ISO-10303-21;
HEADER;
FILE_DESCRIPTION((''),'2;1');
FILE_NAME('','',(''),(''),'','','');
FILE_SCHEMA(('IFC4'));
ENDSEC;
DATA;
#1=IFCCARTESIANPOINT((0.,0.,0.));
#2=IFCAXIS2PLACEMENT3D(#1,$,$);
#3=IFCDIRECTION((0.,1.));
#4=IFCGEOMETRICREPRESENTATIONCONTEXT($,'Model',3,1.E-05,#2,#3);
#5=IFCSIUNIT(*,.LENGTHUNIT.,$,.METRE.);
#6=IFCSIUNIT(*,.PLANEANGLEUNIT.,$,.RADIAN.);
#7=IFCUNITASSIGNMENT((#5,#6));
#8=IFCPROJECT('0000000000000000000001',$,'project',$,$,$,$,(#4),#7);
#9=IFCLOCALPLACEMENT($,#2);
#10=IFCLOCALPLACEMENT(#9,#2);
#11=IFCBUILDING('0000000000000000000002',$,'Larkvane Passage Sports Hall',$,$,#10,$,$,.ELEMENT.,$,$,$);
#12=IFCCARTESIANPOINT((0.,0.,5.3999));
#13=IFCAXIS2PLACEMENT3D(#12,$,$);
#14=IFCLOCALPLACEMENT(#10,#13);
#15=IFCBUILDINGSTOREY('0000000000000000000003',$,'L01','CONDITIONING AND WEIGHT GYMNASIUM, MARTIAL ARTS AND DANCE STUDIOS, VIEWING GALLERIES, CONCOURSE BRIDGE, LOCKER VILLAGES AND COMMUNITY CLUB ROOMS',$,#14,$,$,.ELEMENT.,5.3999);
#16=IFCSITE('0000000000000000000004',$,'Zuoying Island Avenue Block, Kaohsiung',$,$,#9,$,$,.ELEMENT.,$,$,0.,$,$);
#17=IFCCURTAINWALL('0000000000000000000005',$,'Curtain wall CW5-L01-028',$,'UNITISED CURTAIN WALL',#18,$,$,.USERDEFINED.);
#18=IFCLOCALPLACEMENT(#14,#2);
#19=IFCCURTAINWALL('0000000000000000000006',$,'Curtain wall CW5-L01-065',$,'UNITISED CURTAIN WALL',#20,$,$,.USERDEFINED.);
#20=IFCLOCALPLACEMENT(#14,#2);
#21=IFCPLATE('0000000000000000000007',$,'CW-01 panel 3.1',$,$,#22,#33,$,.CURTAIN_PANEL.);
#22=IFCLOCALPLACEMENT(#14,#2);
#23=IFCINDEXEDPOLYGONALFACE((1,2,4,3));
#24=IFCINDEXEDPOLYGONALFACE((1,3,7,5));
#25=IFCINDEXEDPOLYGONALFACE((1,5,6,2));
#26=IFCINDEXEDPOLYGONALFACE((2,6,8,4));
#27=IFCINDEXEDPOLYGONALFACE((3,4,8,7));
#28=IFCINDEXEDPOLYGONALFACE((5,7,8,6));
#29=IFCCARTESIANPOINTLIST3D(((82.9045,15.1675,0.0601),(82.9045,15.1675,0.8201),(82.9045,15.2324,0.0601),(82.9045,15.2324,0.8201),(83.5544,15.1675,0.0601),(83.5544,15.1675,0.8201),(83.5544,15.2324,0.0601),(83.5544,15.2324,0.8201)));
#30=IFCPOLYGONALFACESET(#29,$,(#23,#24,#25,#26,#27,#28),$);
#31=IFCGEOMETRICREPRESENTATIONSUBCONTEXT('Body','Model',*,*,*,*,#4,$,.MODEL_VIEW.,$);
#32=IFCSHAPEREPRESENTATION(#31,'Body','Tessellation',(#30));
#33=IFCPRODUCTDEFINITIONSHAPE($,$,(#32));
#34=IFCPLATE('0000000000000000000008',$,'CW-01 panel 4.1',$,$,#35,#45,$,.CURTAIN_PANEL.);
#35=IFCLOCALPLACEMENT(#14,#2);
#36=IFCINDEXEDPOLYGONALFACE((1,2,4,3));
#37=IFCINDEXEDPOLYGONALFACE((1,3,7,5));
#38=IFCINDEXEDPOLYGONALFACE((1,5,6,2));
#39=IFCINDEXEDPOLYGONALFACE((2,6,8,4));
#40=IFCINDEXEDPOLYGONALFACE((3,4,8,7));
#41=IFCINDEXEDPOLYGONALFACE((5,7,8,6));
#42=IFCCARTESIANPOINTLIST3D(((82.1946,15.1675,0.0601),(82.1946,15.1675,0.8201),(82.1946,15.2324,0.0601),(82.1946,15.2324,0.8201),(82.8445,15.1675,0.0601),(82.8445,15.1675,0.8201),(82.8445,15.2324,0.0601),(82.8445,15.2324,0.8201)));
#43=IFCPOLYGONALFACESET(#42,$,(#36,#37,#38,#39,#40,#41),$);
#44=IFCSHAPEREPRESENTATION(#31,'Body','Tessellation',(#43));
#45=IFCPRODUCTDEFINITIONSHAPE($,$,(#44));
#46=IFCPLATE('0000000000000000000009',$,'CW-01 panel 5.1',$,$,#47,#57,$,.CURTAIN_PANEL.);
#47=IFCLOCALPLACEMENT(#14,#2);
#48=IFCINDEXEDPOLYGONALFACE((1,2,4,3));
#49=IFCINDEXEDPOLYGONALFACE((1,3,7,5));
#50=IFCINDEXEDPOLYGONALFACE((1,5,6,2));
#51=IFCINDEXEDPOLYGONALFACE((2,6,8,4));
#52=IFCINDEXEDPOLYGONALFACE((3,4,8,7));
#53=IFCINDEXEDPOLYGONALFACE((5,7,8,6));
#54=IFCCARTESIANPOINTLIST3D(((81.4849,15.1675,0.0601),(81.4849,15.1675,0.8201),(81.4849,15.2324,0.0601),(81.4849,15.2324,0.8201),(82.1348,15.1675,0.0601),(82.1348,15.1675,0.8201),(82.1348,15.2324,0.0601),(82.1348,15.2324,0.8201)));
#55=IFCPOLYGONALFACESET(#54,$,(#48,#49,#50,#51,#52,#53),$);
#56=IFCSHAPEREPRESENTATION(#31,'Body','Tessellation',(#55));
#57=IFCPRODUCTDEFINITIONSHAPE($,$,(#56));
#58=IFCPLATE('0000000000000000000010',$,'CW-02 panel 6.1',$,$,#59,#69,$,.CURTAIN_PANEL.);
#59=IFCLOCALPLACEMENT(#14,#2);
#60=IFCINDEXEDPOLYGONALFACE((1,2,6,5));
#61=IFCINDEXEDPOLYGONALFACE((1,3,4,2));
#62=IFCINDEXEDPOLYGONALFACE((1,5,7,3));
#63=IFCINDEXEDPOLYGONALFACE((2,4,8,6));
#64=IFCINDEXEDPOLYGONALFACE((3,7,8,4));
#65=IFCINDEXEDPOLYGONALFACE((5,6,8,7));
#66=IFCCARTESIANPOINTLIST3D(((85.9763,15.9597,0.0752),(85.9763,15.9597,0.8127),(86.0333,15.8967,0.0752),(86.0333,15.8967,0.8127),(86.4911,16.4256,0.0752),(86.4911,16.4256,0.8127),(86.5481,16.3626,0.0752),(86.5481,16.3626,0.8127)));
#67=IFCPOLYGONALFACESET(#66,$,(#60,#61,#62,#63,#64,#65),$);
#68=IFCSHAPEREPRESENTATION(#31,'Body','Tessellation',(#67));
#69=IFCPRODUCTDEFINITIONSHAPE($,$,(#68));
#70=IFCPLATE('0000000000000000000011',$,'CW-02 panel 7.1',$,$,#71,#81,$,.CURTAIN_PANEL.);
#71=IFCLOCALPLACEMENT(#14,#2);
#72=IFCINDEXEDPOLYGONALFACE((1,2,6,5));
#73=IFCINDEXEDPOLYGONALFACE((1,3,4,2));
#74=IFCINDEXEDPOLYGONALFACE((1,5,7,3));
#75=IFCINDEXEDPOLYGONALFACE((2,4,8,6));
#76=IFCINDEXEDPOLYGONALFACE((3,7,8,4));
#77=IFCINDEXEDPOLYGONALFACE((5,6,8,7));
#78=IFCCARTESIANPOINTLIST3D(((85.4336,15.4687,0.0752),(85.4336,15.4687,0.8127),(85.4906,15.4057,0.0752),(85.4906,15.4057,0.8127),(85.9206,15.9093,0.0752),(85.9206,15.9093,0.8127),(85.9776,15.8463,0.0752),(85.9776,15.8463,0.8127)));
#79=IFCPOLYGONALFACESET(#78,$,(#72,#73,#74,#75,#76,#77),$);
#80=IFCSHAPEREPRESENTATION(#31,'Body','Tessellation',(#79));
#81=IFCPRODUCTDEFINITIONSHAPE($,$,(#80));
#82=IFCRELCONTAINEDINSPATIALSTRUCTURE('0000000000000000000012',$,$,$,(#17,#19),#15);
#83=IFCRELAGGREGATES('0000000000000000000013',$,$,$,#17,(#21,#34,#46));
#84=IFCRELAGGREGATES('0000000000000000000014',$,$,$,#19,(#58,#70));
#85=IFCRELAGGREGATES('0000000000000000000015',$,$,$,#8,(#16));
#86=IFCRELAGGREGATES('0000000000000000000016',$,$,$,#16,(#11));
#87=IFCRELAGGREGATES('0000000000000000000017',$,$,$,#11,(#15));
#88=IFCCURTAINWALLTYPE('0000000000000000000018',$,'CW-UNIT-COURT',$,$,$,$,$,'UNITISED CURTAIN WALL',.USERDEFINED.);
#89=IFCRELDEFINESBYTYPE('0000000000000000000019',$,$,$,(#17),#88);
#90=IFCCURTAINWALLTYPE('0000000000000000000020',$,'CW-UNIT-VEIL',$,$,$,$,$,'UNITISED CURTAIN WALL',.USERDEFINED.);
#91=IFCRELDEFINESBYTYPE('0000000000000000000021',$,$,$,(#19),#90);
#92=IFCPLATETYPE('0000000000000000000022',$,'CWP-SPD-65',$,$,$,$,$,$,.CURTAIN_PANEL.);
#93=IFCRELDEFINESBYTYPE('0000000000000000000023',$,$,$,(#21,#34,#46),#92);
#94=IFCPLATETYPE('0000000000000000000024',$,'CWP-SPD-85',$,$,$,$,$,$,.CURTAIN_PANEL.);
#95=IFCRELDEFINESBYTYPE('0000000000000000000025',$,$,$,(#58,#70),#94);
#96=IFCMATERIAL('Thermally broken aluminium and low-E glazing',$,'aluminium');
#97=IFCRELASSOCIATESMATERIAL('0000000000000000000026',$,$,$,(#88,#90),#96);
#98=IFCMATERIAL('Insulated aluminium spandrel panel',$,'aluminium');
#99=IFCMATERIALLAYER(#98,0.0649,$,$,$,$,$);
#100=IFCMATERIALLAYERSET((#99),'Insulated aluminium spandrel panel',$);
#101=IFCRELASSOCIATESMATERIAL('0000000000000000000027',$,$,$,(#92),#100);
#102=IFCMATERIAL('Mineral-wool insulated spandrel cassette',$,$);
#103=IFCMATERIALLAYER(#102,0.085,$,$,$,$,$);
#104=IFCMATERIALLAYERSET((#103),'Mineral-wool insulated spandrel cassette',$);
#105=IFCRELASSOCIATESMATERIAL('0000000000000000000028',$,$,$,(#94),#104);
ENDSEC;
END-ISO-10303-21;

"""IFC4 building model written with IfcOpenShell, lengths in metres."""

from ifc_helpers import new_model, si_unit, direction, frame, origin, origin_2d, place, context, subcontext, project, spatial, rectangle, extrude, material, layer, layer_set, type_object, element, aggregate, save


model = new_model("IFC4")

# Units and contexts
model_context = context("Model", 3, precision=1e-05, world=origin(), true_north=direction((0.0, 1.0)))
body_context = subcontext(model_context, "Body", "Model", "MODEL_VIEW")
ifc_project = project(units=[si_unit("LENGTHUNIT", "METRE"), si_unit("PLANEANGLEUNIT", "RADIAN")], contexts=[model_context])

# Site, building, storey
site_placement = place(None, origin())
site = spatial("IfcSite", under=ifc_project, at=site_placement, Name="Zuoying Island Avenue Block, Kaohsiung", CompositionType="ELEMENT", RefElevation=0.0)
building_placement = place(site_placement, origin())
building = spatial("IfcBuilding", under=site, at=building_placement, Name="Larkvane Passage Sports Hall", CompositionType="ELEMENT")
storey_placement = place(building_placement, frame((0.0, 0.0, 5.3999)))
storey = spatial("IfcBuildingStorey", under=building, at=storey_placement, Name="L01", Description="CONDITIONING AND WEIGHT GYMNASIUM, MARTIAL ARTS AND DANCE STUDIOS, VIEWING GALLERIES, CONCOURSE BRIDGE, LOCKER VILLAGES AND COMMUNITY CLUB ROOMS", CompositionType="ELEMENT", Elevation=5.3999)

# Curtain walls
ifc_material_1 = material(Name="Thermally broken aluminium and low-E glazing", Category="aluminium")
curtain_wall_type_1 = type_object("IfcCurtainWallType", Name="CW-UNIT-COURT", ElementType="UNITISED CURTAIN WALL", PredefinedType="USERDEFINED", material=ifc_material_1)
curtain_wall_1_placement = place(storey_placement, origin())
curtain_wall_1 = element("IfcCurtainWall", 1, at=curtain_wall_1_placement, inside=storey, type_object=curtain_wall_type_1, Name="Curtain wall CW5-L01-028", ObjectType="UNITISED CURTAIN WALL", PredefinedType="USERDEFINED")
curtain_wall_type_2 = type_object("IfcCurtainWallType", Name="CW-UNIT-VEIL", ElementType="UNITISED CURTAIN WALL", PredefinedType="USERDEFINED", material=ifc_material_1)
curtain_wall_2_placement = place(storey_placement, origin())
curtain_wall_2 = element("IfcCurtainWall", 2, at=curtain_wall_2_placement, inside=storey, type_object=curtain_wall_type_2, Name="Curtain wall CW5-L01-065", ObjectType="UNITISED CURTAIN WALL", PredefinedType="USERDEFINED")

# Plates
ifc_material_2 = material(Name="Insulated aluminium spandrel panel", Category="aluminium")
ifc_layer_1 = layer(ifc_material_2, 0.0649)
ifc_layer_set_1 = layer_set([ifc_layer_1], Name="Insulated aluminium spandrel panel")
plate_type_1 = type_object("IfcPlateType", Name="CWP-SPD-65", PredefinedType="CURTAIN_PANEL", material=ifc_layer_set_1)
plate_1_placement = place(storey_placement, frame((83.2295, 15.2, 0.0601), z_axis=(0.0, 0.0, 1.0), x_axis=(-1.0, 0.0, 0.0)))
plate_1 = element("IfcPlate", 3, at=plate_1_placement, type_object=plate_type_1, Name="CW-01 panel 3.1", PredefinedType="CURTAIN_PANEL", context=body_context, shape_type="SweptSolid", body=[
    extrude(rectangle(XDim=0.6499, YDim=0.0649, at=origin_2d()), origin(), (0.0, 0.0, 1.0), 0.76),
])
plate_2_placement = place(storey_placement, frame((82.5195, 15.2, 0.0601), z_axis=(0.0, 0.0, 1.0), x_axis=(-1.0, 0.0, 0.0)))
plate_2 = element("IfcPlate", 4, at=plate_2_placement, type_object=plate_type_1, Name="CW-01 panel 4.1", PredefinedType="CURTAIN_PANEL", context=body_context, shape_type="SweptSolid", body=[
    extrude(rectangle(XDim=0.6499, YDim=0.0649, at=origin_2d()), origin(), (0.0, 0.0, 1.0), 0.76),
])
plate_3_placement = place(storey_placement, frame((81.8098, 15.2, 0.0601), z_axis=(0.0, 0.0, 1.0), x_axis=(-1.0, 0.0, 0.0)))
plate_3 = element("IfcPlate", 5, at=plate_3_placement, type_object=plate_type_1, Name="CW-01 panel 5.1", PredefinedType="CURTAIN_PANEL", context=body_context, shape_type="SweptSolid", body=[
    extrude(rectangle(XDim=0.6499, YDim=0.0649, at=origin_2d()), origin(), (0.0, 0.0, 1.0), 0.76),
])
aggregate(curtain_wall_1, [plate_1, plate_2, plate_3])
ifc_material_3 = material(Name="Mineral-wool insulated spandrel cassette")
ifc_layer_2 = layer(ifc_material_3, 0.085)
ifc_layer_set_2 = layer_set([ifc_layer_2], Name="Mineral-wool insulated spandrel cassette")
plate_type_2 = type_object("IfcPlateType", Name="CWP-SPD-85", PredefinedType="CURTAIN_PANEL", material=ifc_layer_set_2)
plate_4_placement = place(storey_placement, frame((86.2622, 16.1611, 0.0752), z_axis=(0.0, 0.0, 1.0), x_axis=(-0.741533, -0.670917, 0.0)))
plate_4 = element("IfcPlate", 6, at=plate_4_placement, type_object=plate_type_2, Name="CW-02 panel 6.1", PredefinedType="CURTAIN_PANEL", context=body_context, shape_type="SweptSolid", body=[
    extrude(rectangle(XDim=0.6943, YDim=0.085, at=origin_2d()), origin(), (0.0, 0.0, 1.0), 0.7375),
])
plate_5_placement = place(storey_placement, frame((85.7056, 15.6575, 0.0752), z_axis=(0.0, 0.0, 1.0), x_axis=(-0.741533, -0.670917, 0.0)))
plate_5 = element("IfcPlate", 7, at=plate_5_placement, type_object=plate_type_2, Name="CW-02 panel 7.1", PredefinedType="CURTAIN_PANEL", context=body_context, shape_type="SweptSolid", body=[
    extrude(rectangle(XDim=0.6567, YDim=0.085, at=origin_2d()), origin(), (0.0, 0.0, 1.0), 0.7375),
])
aggregate(curtain_wall_2, [plate_4, plate_5])

save(model, "model.ifc")
